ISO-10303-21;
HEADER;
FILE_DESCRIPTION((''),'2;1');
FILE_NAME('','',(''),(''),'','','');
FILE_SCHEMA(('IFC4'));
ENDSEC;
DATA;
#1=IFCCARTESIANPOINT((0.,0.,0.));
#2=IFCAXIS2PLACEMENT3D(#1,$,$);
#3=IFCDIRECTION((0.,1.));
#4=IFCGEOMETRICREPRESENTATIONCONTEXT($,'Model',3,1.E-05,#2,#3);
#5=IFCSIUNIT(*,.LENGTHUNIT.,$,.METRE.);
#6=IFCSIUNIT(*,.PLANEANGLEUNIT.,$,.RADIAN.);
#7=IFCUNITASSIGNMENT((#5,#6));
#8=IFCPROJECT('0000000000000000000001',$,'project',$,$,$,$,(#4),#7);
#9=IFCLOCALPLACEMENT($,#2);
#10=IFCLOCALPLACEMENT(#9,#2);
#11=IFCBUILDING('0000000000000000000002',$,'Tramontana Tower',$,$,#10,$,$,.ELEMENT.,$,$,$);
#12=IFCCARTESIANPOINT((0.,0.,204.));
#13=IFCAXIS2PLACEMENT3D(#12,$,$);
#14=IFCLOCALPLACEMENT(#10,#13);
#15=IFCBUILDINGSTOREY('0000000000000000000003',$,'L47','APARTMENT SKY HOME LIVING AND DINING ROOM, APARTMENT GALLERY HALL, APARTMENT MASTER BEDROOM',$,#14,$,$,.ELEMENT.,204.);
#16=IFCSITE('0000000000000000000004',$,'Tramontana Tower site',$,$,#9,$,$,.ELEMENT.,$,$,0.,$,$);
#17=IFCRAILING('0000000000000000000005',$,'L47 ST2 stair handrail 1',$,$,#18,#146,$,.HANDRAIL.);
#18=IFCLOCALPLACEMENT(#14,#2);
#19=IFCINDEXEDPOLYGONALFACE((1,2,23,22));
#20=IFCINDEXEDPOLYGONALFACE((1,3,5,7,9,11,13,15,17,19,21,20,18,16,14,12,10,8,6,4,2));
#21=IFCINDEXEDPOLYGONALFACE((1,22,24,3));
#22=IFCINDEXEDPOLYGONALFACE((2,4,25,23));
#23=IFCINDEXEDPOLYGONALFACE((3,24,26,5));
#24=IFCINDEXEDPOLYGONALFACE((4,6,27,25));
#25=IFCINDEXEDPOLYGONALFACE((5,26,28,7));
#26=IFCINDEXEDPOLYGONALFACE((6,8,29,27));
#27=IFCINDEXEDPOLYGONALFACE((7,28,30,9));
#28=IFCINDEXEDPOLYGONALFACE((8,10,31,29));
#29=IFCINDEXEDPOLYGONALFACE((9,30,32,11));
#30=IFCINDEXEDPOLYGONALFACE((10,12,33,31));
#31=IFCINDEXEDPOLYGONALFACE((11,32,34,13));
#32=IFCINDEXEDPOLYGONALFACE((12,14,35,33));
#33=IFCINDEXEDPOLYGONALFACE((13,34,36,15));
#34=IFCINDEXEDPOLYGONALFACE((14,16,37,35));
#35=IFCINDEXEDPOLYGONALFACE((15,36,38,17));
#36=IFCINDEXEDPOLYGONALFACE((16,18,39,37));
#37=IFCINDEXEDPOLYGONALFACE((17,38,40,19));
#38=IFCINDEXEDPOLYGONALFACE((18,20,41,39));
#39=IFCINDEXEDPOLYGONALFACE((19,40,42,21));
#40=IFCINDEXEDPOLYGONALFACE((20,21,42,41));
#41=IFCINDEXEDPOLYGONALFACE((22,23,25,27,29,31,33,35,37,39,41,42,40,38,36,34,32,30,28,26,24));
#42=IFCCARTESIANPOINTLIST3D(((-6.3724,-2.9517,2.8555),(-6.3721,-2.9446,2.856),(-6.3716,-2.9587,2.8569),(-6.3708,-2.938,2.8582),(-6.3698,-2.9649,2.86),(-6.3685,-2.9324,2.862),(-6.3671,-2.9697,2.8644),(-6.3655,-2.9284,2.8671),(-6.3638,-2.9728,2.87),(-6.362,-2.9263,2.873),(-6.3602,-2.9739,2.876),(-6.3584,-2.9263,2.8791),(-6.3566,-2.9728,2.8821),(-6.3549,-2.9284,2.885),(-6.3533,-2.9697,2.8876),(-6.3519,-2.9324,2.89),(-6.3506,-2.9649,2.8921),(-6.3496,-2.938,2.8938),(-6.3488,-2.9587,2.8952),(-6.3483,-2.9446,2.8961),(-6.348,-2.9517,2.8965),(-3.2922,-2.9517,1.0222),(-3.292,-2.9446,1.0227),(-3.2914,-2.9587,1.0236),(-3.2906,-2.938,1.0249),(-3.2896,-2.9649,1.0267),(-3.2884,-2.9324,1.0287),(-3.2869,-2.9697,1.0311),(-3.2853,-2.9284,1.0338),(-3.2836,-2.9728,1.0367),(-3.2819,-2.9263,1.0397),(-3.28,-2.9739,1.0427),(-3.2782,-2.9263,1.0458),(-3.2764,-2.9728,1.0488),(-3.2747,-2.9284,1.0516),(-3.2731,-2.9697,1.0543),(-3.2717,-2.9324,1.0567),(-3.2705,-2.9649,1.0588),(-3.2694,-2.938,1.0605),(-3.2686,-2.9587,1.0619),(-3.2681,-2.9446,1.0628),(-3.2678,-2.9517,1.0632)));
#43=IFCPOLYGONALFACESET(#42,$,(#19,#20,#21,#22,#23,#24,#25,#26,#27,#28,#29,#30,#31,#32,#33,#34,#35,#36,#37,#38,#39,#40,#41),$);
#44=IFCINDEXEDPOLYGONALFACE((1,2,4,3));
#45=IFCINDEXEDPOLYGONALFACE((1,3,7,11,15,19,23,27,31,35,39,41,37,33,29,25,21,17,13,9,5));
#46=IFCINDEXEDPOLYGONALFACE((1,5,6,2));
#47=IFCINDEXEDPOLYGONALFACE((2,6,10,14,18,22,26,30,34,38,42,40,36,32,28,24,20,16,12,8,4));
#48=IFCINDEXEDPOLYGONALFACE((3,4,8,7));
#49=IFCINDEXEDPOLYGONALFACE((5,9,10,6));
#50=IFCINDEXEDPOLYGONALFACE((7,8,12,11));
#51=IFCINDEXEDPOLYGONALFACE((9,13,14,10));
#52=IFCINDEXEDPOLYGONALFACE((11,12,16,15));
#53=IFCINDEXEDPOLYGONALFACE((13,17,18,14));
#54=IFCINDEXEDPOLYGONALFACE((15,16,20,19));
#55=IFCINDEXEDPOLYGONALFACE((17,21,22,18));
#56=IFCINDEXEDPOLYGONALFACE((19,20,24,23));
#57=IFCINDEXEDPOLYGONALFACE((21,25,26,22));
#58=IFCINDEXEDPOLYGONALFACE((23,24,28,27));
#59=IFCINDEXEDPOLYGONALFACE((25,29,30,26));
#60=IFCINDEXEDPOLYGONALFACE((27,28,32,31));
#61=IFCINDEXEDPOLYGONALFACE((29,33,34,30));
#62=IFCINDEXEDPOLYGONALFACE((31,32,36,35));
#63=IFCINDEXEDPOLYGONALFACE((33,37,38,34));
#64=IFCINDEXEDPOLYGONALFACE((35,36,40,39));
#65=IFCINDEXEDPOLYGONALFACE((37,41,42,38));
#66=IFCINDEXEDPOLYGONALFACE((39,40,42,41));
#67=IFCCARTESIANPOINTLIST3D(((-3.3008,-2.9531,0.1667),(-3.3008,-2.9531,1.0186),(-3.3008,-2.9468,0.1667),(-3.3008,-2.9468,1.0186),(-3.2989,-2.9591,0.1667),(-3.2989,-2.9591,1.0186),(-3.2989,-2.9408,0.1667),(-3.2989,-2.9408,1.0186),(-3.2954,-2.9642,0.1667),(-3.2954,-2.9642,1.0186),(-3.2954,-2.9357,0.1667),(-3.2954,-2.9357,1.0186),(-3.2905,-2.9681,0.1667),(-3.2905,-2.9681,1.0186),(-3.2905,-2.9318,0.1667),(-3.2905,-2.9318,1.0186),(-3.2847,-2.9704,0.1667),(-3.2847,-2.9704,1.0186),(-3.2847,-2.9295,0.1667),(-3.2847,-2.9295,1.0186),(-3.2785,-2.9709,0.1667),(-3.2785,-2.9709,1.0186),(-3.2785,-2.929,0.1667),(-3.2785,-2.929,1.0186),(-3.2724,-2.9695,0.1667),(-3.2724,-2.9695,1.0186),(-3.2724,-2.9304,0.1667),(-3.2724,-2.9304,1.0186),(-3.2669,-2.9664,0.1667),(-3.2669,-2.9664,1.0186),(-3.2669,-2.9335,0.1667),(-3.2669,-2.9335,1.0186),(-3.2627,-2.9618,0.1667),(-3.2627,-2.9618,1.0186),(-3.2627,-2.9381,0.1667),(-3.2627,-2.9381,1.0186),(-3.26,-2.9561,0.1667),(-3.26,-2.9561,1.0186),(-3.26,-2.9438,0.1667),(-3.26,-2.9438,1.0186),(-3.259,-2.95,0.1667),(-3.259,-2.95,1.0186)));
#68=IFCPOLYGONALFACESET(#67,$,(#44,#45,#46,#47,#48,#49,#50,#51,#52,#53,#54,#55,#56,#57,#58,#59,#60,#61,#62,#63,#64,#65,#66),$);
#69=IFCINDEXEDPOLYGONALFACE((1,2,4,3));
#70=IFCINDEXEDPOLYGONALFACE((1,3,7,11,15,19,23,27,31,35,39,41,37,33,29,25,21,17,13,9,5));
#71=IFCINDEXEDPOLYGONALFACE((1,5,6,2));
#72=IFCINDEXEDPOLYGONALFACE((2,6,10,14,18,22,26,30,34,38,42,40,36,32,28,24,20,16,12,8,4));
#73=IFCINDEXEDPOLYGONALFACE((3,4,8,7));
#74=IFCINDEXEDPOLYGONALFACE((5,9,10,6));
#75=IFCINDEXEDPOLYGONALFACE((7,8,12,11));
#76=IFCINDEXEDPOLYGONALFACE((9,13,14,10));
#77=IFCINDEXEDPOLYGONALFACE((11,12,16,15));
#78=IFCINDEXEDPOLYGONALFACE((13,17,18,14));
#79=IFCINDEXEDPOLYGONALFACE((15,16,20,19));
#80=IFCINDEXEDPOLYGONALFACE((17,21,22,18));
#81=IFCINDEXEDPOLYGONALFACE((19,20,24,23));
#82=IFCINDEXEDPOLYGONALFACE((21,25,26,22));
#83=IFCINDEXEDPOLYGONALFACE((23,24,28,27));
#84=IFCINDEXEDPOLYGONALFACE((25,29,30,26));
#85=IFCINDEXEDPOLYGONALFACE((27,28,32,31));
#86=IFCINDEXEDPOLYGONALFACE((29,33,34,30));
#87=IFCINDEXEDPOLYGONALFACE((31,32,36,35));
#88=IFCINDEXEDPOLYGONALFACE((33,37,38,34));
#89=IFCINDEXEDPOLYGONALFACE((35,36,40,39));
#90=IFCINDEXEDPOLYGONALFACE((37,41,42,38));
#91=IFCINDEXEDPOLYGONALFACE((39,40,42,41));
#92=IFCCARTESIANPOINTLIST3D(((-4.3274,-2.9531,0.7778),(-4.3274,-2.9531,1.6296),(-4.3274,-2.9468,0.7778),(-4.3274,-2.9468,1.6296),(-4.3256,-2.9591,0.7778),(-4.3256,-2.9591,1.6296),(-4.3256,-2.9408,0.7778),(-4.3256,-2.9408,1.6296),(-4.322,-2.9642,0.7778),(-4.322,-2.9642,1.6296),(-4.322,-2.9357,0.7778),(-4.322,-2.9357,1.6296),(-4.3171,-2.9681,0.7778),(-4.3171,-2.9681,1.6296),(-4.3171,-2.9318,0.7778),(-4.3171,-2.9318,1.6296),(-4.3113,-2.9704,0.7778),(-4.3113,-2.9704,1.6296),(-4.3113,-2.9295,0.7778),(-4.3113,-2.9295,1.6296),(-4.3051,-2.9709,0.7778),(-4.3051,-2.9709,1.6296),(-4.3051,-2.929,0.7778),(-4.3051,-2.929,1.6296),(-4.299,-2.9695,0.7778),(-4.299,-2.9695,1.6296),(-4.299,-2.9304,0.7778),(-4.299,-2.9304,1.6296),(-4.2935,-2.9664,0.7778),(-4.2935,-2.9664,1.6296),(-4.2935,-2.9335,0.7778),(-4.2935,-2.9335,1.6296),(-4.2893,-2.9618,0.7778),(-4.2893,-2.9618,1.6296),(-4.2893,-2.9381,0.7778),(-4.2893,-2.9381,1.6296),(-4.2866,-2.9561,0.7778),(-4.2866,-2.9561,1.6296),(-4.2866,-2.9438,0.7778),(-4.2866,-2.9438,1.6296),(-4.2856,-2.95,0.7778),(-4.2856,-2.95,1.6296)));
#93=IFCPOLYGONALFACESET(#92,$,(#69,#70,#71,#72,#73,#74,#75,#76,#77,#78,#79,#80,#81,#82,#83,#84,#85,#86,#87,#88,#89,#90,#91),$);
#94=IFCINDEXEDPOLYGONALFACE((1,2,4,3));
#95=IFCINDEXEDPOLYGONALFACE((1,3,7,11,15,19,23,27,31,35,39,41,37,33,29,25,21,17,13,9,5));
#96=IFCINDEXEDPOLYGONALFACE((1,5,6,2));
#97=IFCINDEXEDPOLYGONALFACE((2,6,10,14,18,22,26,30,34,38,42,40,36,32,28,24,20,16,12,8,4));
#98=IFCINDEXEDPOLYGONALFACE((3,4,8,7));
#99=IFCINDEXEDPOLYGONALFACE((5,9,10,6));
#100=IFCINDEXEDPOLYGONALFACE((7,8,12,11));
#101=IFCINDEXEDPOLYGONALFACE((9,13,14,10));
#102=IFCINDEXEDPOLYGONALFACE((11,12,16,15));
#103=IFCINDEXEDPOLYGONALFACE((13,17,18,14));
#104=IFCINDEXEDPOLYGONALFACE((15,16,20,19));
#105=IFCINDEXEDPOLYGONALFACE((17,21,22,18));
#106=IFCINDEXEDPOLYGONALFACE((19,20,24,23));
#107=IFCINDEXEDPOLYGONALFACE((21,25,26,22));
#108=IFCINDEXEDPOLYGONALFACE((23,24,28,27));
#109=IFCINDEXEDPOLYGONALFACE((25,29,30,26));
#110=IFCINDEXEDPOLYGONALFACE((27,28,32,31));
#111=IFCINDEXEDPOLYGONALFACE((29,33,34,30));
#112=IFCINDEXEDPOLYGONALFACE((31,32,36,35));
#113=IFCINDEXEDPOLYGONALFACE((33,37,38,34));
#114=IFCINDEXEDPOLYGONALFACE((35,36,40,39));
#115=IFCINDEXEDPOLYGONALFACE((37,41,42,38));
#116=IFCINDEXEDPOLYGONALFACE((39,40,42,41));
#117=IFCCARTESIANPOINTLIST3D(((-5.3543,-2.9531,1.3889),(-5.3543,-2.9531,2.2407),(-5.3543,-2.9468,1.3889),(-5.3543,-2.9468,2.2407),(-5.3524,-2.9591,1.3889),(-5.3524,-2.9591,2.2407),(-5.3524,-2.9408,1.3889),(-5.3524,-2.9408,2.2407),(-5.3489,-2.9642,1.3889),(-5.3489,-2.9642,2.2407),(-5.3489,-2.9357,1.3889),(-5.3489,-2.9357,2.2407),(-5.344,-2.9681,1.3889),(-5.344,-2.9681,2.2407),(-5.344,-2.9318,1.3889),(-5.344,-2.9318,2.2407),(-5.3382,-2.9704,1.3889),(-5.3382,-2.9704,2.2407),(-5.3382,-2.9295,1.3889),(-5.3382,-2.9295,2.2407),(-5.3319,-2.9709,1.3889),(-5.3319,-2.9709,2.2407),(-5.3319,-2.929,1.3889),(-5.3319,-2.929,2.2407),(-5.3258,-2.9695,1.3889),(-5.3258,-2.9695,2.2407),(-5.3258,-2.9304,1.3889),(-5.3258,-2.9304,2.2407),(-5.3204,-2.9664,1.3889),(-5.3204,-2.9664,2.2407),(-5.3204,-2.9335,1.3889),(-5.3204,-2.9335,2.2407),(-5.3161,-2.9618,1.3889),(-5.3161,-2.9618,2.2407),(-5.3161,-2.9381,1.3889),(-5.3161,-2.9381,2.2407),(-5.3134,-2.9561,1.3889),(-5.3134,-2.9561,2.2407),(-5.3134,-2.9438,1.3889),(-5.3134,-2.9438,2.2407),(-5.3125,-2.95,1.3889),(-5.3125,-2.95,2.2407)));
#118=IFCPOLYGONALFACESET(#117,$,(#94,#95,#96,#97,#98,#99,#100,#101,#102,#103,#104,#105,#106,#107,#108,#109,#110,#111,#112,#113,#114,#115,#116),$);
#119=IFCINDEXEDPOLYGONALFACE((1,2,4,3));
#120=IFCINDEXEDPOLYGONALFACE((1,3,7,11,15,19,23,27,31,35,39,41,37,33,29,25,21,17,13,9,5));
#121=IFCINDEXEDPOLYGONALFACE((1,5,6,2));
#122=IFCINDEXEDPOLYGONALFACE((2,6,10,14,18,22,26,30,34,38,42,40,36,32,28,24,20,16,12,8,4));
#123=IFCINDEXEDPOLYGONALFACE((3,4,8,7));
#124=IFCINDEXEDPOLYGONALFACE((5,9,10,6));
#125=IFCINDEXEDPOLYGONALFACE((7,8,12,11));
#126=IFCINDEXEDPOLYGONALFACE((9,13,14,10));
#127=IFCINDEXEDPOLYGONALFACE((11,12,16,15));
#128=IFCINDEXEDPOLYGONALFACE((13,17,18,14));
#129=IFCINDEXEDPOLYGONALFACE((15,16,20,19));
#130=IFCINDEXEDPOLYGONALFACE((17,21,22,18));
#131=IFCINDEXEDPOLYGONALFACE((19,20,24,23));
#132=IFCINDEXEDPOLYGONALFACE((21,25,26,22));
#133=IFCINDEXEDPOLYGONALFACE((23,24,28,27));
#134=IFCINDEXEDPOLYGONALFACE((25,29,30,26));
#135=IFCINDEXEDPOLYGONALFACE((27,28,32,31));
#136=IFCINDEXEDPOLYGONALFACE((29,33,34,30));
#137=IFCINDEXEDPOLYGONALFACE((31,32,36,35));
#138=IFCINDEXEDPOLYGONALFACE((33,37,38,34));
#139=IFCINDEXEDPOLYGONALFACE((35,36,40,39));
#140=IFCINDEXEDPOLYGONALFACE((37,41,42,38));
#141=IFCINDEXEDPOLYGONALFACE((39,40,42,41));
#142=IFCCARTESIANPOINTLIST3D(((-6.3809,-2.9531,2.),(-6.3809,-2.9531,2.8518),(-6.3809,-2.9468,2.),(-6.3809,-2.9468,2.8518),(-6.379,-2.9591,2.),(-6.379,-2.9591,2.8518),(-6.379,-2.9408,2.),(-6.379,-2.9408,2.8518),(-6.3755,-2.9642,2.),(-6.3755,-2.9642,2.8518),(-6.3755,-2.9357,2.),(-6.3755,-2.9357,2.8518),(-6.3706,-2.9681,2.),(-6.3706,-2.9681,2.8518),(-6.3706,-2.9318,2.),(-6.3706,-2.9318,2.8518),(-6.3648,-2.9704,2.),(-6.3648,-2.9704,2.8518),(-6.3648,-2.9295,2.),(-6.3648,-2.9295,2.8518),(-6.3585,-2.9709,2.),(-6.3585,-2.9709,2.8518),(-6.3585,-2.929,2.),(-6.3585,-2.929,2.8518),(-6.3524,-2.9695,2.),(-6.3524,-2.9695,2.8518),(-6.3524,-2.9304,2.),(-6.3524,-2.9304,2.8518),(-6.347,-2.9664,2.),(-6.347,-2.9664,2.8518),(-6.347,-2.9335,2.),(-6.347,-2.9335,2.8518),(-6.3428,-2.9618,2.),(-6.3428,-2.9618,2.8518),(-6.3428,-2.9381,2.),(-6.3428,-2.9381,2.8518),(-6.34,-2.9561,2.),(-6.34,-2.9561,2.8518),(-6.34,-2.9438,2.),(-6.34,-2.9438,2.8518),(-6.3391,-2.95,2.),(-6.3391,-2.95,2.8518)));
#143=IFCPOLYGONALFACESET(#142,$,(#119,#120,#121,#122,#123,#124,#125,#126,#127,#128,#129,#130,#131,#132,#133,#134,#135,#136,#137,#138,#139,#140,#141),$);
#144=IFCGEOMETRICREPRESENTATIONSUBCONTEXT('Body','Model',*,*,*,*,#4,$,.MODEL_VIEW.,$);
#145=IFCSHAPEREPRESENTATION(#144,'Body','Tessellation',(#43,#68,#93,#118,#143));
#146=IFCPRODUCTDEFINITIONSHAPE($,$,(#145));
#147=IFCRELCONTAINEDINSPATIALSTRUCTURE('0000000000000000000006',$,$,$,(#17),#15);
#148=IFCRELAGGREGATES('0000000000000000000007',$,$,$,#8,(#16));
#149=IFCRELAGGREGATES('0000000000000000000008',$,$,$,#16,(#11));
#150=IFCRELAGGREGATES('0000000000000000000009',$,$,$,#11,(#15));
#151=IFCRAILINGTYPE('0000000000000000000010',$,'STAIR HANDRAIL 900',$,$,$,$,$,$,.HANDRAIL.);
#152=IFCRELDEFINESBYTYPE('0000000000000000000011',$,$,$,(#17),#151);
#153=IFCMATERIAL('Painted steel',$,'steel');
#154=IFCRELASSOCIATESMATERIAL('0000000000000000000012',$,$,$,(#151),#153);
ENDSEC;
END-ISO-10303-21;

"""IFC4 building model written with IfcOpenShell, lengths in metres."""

from ifc_helpers import new_model, si_unit, direction, frame, origin, origin_2d, place, context, subcontext, project, spatial, circle, extrude, material, type_object, element, save


model = new_model("IFC4")

# Units and contexts
model_context = context("Model", 3, precision=1e-05, world=origin(), true_north=direction((0.0, 1.0)))
body_context = subcontext(model_context, "Body", "Model", "MODEL_VIEW")
ifc_project = project(units=[si_unit("LENGTHUNIT", "METRE"), si_unit("PLANEANGLEUNIT", "RADIAN")], contexts=[model_context])

# Site, building, storey
site_placement = place(None, origin())
site = spatial("IfcSite", under=ifc_project, at=site_placement, Name="Tramontana Tower site", CompositionType="ELEMENT", RefElevation=0.0)
building_placement = place(site_placement, origin())
building = spatial("IfcBuilding", under=site, at=building_placement, Name="Tramontana Tower", CompositionType="ELEMENT")
storey_placement = place(building_placement, frame((0.0, 0.0, 204.0)))
storey = spatial("IfcBuildingStorey", under=building, at=storey_placement, Name="L47", Description="APARTMENT SKY HOME LIVING AND DINING ROOM, APARTMENT GALLERY HALL, APARTMENT MASTER BEDROOM", CompositionType="ELEMENT", Elevation=204.0)

# Railing
ifc_material_1 = material(Name="Painted steel", Category="steel")
railing_type_1 = type_object("IfcRailingType", Name="STAIR HANDRAIL 900", PredefinedType="HANDRAIL", material=ifc_material_1)
railing_1_placement = place(storey_placement, frame((-3.28, -2.95, 0.1667)))
element("IfcRailing", 1, at=railing_1_placement, inside=storey, type_object=railing_type_1, Name="L47 ST2 stair handrail 1", PredefinedType="HANDRAIL", context=body_context, shape_type="SweptSolid", body=[
    extrude(circle(Radius=0.0239, at=origin_2d()), frame((0.0, 0.0, 0.876), z_axis=(-0.859309, 0.0, 0.511458), x_axis=(0.0, -1.0, 0.0)), (0.0, 0.0, 1.0), 3.5845),
    extrude(circle(Radius=0.021, at=origin_2d()), origin(), (0.0, 0.0, 1.0), 0.8518),
    extrude(circle(Radius=0.021, at=origin_2d()), frame((-1.0266, 0.0, 0.6111)), (0.0, 0.0, 1.0), 0.8518),
    extrude(circle(Radius=0.021, at=origin_2d()), frame((-2.0535, 0.0, 1.2222)), (0.0, 0.0, 1.0), 0.8518),
    extrude(circle(Radius=0.021, at=origin_2d()), frame((-3.0801, 0.0, 1.8333)), (0.0, 0.0, 1.0), 0.8518),
])

save(model, "model.ifc")
